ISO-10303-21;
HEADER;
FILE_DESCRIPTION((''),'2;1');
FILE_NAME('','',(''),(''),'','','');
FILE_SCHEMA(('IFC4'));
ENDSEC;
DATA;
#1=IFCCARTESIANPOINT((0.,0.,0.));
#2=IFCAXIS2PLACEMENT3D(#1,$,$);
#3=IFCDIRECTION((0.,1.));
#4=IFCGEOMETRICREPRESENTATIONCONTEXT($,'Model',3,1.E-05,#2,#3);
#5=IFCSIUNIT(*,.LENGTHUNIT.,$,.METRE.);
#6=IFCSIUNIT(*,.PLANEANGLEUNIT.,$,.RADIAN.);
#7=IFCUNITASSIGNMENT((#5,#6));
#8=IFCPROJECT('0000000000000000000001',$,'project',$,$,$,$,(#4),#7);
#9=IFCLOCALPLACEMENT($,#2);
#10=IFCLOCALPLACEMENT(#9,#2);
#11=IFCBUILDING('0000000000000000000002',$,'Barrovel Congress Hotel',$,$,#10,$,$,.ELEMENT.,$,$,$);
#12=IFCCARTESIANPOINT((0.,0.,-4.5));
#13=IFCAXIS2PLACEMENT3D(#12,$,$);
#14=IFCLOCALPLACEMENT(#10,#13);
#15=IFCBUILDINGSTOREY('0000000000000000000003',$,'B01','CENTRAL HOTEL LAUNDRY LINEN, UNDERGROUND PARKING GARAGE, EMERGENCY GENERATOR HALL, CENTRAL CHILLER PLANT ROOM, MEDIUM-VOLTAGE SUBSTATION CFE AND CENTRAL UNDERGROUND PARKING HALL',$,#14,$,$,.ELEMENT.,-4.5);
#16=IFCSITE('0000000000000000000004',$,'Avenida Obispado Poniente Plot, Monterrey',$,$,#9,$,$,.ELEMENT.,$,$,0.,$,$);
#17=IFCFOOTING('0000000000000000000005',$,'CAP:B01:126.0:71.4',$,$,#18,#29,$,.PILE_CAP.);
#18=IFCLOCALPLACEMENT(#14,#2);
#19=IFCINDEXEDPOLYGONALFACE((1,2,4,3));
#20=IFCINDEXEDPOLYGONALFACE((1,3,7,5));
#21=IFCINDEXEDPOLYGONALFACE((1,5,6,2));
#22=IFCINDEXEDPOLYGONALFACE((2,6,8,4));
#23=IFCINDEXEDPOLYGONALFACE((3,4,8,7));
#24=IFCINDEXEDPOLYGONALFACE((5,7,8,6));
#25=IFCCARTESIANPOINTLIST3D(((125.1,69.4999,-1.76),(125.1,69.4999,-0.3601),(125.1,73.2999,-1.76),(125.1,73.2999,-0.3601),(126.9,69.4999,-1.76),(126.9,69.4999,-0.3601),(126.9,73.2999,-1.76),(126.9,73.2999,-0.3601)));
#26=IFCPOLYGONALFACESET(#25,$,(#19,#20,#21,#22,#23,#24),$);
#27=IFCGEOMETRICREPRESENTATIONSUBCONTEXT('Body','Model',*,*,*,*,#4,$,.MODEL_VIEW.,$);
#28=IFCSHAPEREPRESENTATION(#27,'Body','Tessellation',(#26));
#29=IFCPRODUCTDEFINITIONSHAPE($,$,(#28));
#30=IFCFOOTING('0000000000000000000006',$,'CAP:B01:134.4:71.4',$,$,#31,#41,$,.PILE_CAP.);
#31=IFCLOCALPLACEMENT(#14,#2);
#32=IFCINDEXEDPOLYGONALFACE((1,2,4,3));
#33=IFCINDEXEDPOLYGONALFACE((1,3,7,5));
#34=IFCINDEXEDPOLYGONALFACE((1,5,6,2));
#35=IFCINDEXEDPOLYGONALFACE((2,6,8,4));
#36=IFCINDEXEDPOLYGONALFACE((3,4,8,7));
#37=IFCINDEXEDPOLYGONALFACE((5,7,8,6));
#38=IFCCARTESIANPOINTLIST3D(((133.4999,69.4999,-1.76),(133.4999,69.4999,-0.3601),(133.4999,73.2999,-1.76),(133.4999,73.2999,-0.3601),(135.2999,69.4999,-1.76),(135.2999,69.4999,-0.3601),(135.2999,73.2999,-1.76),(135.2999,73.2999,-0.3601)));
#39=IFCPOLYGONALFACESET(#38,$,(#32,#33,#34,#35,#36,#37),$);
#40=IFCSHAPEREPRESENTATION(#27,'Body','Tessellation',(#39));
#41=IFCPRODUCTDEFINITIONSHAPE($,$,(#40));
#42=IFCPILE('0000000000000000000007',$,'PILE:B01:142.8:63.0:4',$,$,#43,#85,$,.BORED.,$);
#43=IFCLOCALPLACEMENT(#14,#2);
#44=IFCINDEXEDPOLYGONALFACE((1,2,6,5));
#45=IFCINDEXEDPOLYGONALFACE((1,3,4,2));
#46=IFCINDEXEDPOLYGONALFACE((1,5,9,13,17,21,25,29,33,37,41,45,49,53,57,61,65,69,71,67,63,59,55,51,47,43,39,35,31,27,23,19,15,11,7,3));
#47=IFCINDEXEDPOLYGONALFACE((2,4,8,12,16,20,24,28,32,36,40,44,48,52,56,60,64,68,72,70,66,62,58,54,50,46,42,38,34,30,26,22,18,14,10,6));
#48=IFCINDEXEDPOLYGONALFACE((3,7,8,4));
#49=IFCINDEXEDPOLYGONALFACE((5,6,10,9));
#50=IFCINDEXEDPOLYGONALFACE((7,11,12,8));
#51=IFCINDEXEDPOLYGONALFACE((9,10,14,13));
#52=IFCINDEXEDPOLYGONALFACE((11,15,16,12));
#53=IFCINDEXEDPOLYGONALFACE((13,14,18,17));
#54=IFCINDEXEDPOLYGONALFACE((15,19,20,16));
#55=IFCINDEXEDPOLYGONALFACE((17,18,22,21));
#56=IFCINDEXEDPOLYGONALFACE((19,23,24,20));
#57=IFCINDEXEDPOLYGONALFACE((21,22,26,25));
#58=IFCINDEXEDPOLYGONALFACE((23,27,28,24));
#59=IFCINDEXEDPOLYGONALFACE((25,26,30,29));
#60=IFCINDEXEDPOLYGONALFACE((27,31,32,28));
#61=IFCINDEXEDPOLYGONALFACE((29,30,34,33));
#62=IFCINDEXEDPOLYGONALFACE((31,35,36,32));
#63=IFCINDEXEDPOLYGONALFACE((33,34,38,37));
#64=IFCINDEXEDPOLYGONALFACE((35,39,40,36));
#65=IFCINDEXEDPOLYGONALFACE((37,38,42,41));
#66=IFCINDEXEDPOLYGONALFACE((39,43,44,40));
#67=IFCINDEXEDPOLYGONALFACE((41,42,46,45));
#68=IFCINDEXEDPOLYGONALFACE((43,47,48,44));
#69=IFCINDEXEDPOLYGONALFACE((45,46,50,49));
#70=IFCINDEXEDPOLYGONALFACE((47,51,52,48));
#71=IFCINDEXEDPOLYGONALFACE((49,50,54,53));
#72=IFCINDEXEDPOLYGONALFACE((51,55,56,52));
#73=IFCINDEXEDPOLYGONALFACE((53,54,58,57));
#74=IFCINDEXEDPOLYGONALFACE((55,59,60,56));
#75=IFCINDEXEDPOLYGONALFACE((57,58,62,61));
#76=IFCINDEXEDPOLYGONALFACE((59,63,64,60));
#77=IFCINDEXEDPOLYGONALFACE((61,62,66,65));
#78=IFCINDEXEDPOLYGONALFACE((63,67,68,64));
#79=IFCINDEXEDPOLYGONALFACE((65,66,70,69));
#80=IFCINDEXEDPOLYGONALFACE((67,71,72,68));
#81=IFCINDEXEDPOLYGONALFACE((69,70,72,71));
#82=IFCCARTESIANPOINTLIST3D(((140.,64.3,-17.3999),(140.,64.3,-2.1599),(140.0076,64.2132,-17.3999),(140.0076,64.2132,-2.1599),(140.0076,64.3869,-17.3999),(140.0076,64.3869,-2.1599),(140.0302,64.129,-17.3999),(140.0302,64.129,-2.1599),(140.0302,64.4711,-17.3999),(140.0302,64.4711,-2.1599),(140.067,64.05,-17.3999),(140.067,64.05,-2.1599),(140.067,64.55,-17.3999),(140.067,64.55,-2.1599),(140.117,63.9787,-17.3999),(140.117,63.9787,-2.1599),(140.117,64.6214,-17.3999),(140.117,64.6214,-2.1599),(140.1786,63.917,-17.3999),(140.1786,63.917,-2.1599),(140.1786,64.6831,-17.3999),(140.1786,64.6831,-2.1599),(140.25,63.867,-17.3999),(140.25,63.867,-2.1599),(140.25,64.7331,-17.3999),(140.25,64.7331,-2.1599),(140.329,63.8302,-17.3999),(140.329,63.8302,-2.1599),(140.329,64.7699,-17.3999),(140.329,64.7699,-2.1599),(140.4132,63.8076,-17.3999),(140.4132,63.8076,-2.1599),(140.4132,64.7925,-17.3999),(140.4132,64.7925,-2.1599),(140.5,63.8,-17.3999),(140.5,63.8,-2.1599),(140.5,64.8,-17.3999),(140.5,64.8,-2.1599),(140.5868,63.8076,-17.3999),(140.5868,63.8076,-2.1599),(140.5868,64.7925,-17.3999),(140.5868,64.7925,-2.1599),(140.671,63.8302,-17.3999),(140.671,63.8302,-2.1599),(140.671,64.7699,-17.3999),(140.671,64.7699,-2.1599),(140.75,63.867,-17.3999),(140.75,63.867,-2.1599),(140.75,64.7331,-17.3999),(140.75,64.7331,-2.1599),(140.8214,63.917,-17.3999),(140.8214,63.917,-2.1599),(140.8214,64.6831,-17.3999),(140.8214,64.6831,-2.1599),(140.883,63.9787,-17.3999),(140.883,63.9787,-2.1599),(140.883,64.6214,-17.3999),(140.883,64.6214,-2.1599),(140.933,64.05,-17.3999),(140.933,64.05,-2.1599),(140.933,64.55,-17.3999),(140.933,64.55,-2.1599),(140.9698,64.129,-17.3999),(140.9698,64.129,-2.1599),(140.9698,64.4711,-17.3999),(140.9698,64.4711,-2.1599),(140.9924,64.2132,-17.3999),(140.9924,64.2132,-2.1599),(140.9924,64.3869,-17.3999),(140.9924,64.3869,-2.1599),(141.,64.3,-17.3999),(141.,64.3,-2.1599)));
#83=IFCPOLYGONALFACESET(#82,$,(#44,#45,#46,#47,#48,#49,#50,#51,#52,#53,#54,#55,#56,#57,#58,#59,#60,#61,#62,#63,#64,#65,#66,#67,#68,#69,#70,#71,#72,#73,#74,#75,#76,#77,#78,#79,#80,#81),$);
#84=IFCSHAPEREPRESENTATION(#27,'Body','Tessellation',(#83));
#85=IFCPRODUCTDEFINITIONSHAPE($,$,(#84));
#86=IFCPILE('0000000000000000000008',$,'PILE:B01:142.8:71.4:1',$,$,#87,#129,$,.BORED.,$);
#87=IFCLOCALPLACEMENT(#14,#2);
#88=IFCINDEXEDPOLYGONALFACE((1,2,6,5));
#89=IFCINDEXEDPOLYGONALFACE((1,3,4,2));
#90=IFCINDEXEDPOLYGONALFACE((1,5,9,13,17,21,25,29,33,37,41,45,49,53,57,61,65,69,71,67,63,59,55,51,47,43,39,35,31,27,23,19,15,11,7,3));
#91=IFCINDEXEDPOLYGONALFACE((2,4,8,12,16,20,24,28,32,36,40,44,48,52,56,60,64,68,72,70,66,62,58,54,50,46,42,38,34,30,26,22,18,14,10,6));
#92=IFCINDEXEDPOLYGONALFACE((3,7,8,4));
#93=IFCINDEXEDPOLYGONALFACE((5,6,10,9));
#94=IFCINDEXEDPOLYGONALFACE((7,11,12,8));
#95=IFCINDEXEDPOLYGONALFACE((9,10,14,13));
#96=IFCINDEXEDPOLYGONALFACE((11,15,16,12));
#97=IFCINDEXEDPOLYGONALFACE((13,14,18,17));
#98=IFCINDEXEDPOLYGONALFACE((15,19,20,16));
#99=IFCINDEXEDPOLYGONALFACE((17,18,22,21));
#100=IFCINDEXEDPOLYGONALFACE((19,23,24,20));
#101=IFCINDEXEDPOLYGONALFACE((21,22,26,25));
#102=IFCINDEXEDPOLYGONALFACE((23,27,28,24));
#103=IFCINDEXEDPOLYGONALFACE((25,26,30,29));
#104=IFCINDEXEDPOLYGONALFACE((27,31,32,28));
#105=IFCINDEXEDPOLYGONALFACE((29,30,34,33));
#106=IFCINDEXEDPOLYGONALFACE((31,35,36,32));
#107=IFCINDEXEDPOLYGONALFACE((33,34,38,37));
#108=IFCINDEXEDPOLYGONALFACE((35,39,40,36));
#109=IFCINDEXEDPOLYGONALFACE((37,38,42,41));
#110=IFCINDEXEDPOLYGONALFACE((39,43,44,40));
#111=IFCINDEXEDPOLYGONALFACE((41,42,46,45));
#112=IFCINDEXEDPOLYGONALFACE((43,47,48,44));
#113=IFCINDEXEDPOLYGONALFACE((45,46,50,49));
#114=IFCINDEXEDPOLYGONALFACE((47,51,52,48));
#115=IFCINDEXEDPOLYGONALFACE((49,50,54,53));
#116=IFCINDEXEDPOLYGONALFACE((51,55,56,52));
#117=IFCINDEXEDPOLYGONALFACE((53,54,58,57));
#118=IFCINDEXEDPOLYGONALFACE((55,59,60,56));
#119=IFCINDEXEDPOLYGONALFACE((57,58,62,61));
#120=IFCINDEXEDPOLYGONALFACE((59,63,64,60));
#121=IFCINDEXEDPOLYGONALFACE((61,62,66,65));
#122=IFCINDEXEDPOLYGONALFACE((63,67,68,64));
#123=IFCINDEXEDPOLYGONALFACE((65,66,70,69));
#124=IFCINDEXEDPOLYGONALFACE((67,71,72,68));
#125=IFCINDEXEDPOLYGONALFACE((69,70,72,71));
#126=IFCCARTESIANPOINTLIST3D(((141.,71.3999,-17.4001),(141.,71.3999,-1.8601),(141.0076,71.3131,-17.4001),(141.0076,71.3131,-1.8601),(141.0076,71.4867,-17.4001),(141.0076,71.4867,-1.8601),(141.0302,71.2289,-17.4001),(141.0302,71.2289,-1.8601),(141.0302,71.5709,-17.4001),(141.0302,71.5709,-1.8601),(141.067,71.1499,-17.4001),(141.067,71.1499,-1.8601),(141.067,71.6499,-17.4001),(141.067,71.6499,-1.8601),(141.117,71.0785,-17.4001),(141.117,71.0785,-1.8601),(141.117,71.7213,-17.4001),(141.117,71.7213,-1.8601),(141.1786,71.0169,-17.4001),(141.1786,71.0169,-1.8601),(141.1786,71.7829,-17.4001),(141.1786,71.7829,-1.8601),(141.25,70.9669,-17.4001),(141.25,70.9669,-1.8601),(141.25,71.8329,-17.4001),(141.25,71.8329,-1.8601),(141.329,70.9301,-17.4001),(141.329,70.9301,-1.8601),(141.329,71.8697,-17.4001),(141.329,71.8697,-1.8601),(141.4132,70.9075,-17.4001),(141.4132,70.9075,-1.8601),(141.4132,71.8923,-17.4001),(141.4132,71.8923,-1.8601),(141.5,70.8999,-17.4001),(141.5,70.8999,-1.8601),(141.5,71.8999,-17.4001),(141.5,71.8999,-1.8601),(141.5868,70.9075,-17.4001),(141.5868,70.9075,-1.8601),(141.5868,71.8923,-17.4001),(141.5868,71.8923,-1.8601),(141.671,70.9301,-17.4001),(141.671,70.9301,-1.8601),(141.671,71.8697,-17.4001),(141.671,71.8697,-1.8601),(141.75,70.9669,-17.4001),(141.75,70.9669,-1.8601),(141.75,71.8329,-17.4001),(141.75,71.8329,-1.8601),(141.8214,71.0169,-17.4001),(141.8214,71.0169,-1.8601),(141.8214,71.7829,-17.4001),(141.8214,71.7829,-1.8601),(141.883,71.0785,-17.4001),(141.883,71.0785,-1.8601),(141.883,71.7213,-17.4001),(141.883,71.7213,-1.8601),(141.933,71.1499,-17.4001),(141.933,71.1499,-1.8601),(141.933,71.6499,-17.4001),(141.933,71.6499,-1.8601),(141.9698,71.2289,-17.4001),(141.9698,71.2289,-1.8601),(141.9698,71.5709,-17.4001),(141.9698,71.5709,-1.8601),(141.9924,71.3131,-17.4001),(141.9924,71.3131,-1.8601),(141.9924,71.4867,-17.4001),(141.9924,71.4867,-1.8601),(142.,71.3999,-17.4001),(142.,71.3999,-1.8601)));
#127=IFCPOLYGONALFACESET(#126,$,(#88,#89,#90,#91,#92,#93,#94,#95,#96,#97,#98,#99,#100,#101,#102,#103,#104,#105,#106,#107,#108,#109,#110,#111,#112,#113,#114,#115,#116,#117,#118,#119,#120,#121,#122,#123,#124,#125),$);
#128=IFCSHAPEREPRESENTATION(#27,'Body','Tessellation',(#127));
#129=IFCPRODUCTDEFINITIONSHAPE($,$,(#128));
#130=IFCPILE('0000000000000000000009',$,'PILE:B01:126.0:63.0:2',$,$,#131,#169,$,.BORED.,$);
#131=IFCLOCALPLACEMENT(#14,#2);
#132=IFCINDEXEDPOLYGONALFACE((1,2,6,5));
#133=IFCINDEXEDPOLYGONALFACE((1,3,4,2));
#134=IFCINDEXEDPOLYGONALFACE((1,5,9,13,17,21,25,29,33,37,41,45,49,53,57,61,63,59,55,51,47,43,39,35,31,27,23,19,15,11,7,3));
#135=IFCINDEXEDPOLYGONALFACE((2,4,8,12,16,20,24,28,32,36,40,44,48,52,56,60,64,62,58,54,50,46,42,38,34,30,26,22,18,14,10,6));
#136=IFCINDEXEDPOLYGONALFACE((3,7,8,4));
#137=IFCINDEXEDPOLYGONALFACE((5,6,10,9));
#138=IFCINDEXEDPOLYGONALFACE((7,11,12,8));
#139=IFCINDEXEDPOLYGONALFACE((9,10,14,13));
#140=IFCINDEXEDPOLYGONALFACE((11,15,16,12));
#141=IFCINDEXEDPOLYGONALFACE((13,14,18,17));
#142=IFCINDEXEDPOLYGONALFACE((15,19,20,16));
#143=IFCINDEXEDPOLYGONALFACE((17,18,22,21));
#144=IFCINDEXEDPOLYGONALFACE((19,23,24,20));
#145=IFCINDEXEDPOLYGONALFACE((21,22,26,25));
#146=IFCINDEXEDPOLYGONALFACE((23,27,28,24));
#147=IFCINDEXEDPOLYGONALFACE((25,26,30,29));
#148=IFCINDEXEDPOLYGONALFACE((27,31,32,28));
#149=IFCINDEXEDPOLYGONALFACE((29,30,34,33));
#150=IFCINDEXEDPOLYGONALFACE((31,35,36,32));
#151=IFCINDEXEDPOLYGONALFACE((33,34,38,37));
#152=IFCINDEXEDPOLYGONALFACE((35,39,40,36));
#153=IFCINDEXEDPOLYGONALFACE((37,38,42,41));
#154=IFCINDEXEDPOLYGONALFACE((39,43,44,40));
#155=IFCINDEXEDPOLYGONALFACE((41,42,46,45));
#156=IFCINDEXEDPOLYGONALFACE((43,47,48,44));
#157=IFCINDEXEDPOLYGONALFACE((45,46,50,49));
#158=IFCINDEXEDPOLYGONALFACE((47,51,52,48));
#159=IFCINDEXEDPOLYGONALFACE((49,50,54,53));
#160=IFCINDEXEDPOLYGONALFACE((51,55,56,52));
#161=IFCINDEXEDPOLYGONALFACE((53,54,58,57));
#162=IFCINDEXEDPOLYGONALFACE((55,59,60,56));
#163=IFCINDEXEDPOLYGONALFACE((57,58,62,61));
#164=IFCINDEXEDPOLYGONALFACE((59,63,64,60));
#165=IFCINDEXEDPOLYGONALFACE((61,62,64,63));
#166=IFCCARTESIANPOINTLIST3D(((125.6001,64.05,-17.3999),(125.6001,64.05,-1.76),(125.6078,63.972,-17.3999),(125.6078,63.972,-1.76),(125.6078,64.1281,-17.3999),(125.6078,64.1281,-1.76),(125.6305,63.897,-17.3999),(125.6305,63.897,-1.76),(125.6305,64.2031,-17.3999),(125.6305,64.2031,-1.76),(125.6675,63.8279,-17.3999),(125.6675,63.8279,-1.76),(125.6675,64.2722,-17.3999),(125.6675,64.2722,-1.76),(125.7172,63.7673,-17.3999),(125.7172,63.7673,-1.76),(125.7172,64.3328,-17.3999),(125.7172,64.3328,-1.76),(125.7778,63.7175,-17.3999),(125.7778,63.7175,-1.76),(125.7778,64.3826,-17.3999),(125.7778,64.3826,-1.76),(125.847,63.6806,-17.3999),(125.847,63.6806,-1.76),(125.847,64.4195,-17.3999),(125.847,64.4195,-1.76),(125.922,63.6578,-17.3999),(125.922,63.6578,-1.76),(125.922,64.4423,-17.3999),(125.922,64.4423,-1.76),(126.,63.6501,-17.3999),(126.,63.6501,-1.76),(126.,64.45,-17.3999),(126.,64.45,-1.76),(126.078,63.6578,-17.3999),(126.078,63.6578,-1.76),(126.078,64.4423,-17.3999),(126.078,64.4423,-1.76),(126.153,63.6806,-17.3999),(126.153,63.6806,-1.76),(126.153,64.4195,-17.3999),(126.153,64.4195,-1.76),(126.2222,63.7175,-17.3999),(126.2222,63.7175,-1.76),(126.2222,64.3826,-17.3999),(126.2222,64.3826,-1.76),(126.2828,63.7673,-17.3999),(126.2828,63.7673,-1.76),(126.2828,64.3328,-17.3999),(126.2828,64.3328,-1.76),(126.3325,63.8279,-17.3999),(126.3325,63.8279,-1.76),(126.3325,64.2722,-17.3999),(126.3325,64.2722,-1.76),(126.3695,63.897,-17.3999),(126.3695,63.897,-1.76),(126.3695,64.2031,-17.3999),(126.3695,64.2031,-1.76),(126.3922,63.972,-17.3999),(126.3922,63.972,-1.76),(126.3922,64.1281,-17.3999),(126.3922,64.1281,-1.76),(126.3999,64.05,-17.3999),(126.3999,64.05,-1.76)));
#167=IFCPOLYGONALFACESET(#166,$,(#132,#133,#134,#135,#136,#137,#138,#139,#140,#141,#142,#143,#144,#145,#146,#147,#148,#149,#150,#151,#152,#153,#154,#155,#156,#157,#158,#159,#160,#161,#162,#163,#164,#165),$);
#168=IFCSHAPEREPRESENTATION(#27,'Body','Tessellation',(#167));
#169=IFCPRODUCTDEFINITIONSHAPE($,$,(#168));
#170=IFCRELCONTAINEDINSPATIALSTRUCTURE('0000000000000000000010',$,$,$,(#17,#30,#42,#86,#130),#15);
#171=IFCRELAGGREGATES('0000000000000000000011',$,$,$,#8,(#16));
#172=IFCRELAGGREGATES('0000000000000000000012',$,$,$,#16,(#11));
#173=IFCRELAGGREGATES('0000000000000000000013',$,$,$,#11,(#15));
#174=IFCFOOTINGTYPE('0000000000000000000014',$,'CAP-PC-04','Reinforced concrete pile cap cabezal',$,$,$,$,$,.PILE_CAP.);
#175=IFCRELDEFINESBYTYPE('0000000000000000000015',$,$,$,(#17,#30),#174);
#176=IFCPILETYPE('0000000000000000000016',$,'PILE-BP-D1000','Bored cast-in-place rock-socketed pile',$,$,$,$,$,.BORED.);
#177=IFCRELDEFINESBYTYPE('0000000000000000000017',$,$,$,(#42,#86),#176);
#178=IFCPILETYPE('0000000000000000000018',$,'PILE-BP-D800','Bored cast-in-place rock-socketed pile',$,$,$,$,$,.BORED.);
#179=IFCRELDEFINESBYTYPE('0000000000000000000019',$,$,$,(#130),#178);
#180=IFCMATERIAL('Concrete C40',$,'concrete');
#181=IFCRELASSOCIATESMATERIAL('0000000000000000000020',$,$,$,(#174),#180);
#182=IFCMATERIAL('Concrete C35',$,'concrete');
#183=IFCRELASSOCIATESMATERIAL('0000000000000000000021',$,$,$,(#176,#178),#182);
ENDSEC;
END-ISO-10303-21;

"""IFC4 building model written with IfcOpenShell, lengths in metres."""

from ifc_helpers import new_model, si_unit, direction, frame, origin, origin_2d, place, context, subcontext, project, spatial, rectangle, circle, extrude, material, material_profile, profile_set, type_object, element, save


model = new_model("IFC4")

# Units and contexts
model_context = context("Model", 3, precision=1e-05, world=origin(), true_north=direction((0.0, 1.0)))
body_context = subcontext(model_context, "Body", "Model", "MODEL_VIEW")
ifc_project = project(units=[si_unit("LENGTHUNIT", "METRE"), si_unit("PLANEANGLEUNIT", "RADIAN")], contexts=[model_context])

# Site, building, storey
site_placement = place(None, origin())
site = spatial("IfcSite", under=ifc_project, at=site_placement, Name="Avenida Obispado Poniente Plot, Monterrey", CompositionType="ELEMENT", RefElevation=0.0)
building_placement = place(site_placement, origin())
building = spatial("IfcBuilding", under=site, at=building_placement, Name="Barrovel Congress Hotel", CompositionType="ELEMENT")
storey_placement = place(building_placement, frame((0.0, 0.0, -4.5)))
storey = spatial("IfcBuildingStorey", under=building, at=storey_placement, Name="B01", Description="CENTRAL HOTEL LAUNDRY LINEN, UNDERGROUND PARKING GARAGE, EMERGENCY GENERATOR HALL, CENTRAL CHILLER PLANT ROOM, MEDIUM-VOLTAGE SUBSTATION CFE AND CENTRAL UNDERGROUND PARKING HALL", CompositionType="ELEMENT", Elevation=-4.5)

# Footings
ifc_material_1 = material(Name="Concrete C40", Category="concrete")
footing_type = type_object("IfcFootingType", Name="CAP-PC-04", Description="Reinforced concrete pile cap cabezal", PredefinedType="PILE_CAP", material=ifc_material_1)
for number, where, z_axis, x_axis, name in (
    (1, (126.0, 71.3999, -1.76), (0.0, 0.0, 1.0), (1.0, 0.0, 0.0), "CAP:B01:126.0:71.4"),
    (2, (134.3999, 71.3999, -1.76), (0.0, 0.0, 1.0), (1.0, 0.0, 0.0), "CAP:B01:134.4:71.4"),
):
    element("IfcFooting", number, at=place(storey_placement, frame(where, z_axis=z_axis, x_axis=x_axis)), inside=storey, type_object=footing_type, Name=name, PredefinedType="PILE_CAP", context=body_context, shape_type="SweptSolid", body=[
        extrude(rectangle(XDim=1.8, YDim=3.8, at=origin_2d()), origin(), (0.0, 0.0, 1.0), 1.3999),
    ])

# Piles
ifc_material_2 = material(Name="Concrete C35", Category="concrete")
ifc_material_profile_1 = material_profile(ifc_material_2, circle(Radius=0.5, at=origin_2d()), Name="BP-D1000")
ifc_profile_set_1 = profile_set([ifc_material_profile_1], Name="Concrete C35")
pile_type_1 = type_object("IfcPileType", Name="PILE-BP-D1000", Description="Bored cast-in-place rock-socketed pile", PredefinedType="BORED", material=ifc_profile_set_1)
pile_1_placement = place(storey_placement, frame((140.5, 64.3, -2.1599), z_axis=(0.0, 0.0, -1.0), x_axis=(1.0, 0.0, 0.0)))
element("IfcPile", 3, at=pile_1_placement, inside=storey, type_object=pile_type_1, Name="PILE:B01:142.8:63.0:4", PredefinedType="BORED", context=body_context, shape_type="SweptSolid", body=[
    extrude(circle(Radius=0.5, at=origin_2d()), origin(), (0.0, 0.0, 1.0), 15.24),
])
pile_2_placement = place(storey_placement, frame((141.5, 71.3999, -1.8601), z_axis=(0.0, 0.0, -1.0), x_axis=(1.0, 0.0, 0.0)))
element("IfcPile", 4, at=pile_2_placement, inside=storey, type_object=pile_type_1, Name="PILE:B01:142.8:71.4:1", PredefinedType="BORED", context=body_context, shape_type="SweptSolid", body=[
    extrude(circle(Radius=0.5, at=origin_2d()), origin(), (0.0, 0.0, 1.0), 15.54),
])
ifc_material_profile_2 = material_profile(ifc_material_2, circle(Radius=0.3999, at=origin_2d()), Name="BP-D800")
ifc_profile_set_2 = profile_set([ifc_material_profile_2], Name="Concrete C35")
pile_type_2 = type_object("IfcPileType", Name="PILE-BP-D800", Description="Bored cast-in-place rock-socketed pile", PredefinedType="BORED", material=ifc_profile_set_2)
for number, where, z_axis, x_axis, name in (
    (5, (126.0, 64.05, -1.76), (0.0, 0.0, -1.0), (1.0, 0.0, 0.0), "PILE:B01:126.0:63.0:2"),
):
    element("IfcPile", number, at=place(storey_placement, frame(where, z_axis=z_axis, x_axis=x_axis)), inside=storey, type_object=pile_type_2, Name=name, PredefinedType="BORED", context=body_context, shape_type="SweptSolid", body=[
        extrude(circle(Radius=0.3999, at=origin_2d()), origin(), (0.0, 0.0, 1.0), 15.6399),
    ])

save(model, "model.ifc")
